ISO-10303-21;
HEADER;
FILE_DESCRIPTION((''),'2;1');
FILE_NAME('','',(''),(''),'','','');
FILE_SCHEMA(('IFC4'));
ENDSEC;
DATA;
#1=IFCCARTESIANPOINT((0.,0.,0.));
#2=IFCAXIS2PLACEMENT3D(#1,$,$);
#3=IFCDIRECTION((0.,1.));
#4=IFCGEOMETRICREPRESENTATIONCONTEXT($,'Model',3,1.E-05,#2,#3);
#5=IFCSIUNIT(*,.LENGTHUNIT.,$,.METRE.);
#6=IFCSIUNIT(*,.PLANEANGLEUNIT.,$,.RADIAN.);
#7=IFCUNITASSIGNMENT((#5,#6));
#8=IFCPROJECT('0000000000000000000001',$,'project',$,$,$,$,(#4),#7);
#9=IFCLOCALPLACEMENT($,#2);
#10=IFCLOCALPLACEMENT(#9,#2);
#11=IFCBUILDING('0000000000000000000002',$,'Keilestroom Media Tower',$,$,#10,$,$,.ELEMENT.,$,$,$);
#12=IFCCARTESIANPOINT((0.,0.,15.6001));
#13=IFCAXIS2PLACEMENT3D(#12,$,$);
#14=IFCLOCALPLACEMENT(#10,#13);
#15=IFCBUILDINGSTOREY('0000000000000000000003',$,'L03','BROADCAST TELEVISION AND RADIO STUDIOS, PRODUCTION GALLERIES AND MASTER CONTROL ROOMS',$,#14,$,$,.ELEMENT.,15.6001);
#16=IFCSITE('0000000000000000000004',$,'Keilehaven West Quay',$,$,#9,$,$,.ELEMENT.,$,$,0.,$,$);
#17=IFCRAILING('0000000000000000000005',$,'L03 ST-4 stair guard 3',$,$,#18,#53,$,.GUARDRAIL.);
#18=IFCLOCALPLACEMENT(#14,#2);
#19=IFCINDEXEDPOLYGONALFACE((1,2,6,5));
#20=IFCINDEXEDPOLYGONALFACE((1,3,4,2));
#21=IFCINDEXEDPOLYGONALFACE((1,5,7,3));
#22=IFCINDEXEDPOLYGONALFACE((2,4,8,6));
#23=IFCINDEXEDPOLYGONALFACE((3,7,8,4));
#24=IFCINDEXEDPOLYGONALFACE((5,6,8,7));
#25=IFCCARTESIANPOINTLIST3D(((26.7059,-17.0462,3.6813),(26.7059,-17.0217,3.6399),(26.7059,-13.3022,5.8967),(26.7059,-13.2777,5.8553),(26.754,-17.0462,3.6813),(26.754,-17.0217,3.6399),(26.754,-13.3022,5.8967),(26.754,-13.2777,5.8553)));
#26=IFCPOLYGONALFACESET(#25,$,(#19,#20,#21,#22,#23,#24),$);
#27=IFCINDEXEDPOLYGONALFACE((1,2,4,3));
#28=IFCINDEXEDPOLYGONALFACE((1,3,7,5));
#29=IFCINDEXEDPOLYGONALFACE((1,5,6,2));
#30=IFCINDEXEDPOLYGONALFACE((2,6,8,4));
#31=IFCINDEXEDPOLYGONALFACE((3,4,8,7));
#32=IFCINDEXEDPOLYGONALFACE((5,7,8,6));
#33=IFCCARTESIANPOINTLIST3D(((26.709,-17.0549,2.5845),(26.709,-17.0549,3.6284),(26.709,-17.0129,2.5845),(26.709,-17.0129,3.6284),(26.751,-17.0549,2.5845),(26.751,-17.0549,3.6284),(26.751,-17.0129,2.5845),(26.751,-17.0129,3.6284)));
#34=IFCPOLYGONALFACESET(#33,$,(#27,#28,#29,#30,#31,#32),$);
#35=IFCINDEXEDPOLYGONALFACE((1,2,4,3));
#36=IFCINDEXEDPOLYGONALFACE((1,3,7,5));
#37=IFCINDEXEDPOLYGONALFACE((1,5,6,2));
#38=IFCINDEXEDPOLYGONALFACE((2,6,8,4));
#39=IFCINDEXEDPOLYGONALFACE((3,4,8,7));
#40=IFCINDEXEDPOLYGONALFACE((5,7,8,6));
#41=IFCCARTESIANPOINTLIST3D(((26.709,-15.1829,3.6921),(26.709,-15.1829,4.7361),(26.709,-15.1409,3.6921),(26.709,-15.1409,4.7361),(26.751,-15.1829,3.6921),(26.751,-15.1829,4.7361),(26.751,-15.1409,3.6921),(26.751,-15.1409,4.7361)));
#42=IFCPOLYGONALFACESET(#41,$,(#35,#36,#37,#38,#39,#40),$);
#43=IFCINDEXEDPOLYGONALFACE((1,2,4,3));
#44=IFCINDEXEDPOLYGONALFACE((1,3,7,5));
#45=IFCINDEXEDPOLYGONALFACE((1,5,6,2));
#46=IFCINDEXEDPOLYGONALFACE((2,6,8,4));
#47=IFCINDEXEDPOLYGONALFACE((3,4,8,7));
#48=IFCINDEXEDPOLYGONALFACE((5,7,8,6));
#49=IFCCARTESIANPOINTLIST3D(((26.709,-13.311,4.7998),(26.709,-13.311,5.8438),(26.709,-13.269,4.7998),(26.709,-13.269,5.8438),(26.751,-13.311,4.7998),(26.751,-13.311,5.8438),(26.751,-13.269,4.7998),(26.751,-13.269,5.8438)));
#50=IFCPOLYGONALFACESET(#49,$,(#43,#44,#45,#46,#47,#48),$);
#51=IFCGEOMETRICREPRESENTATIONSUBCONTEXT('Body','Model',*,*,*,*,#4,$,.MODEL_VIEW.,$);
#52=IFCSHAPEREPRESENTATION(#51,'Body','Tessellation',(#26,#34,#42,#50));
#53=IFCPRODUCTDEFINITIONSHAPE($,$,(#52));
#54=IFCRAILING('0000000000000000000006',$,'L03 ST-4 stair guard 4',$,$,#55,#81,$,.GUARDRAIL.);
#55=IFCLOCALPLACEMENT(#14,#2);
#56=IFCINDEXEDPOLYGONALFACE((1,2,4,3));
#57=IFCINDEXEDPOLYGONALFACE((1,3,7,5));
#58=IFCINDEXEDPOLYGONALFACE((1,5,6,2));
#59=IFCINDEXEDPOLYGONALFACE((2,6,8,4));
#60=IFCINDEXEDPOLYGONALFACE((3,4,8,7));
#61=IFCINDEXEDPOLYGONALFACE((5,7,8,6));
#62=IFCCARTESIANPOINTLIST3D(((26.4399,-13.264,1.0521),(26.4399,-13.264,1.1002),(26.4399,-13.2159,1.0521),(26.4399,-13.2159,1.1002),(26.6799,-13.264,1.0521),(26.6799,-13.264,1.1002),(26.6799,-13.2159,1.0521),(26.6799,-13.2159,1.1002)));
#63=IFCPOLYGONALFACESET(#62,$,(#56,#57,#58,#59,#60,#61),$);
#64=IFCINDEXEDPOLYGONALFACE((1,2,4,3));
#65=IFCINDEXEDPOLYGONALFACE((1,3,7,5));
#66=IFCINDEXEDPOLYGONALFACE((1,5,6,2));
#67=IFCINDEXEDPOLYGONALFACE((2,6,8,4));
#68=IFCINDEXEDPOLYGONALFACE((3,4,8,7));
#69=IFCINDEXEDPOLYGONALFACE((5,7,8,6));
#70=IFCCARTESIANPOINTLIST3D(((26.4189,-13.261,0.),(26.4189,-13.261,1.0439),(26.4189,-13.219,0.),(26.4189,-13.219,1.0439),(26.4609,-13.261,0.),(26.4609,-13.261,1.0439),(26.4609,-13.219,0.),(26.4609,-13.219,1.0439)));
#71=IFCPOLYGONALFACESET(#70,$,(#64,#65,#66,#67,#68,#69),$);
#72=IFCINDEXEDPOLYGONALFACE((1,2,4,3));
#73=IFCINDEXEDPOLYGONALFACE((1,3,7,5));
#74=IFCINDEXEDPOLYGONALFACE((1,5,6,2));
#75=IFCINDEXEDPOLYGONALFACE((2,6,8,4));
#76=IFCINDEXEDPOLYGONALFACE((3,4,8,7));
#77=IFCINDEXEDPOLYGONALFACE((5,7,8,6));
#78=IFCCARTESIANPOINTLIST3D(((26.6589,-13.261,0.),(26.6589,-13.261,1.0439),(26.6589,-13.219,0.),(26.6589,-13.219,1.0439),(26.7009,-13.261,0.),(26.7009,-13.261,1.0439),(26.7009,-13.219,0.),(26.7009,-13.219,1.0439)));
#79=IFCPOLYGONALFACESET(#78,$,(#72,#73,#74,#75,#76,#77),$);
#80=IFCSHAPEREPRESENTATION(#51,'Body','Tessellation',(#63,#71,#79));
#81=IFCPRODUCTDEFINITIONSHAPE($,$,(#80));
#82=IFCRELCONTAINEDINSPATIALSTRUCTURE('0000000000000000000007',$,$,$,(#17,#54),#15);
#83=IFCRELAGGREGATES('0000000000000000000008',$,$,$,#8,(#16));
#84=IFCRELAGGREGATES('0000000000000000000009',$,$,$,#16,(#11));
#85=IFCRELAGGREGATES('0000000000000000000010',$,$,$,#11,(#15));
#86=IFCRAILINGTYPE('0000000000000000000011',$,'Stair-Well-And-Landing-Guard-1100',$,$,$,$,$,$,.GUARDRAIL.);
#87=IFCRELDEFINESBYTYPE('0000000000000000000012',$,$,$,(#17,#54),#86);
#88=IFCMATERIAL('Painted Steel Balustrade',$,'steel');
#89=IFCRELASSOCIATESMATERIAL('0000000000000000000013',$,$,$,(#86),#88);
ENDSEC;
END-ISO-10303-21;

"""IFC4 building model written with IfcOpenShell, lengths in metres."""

from ifc_helpers import new_model, si_unit, direction, frame, origin, origin_2d, place, context, subcontext, project, spatial, rectangle, extrude, material, type_object, element, save


model = new_model("IFC4")

# Units and contexts
model_context = context("Model", 3, precision=1e-05, world=origin(), true_north=direction((0.0, 1.0)))
body_context = subcontext(model_context, "Body", "Model", "MODEL_VIEW")
ifc_project = project(units=[si_unit("LENGTHUNIT", "METRE"), si_unit("PLANEANGLEUNIT", "RADIAN")], contexts=[model_context])

# Site, building, storey
site_placement = place(None, origin())
site = spatial("IfcSite", under=ifc_project, at=site_placement, Name="Keilehaven West Quay", CompositionType="ELEMENT", RefElevation=0.0)
building_placement = place(site_placement, origin())
building = spatial("IfcBuilding", under=site, at=building_placement, Name="Keilestroom Media Tower", CompositionType="ELEMENT")
storey_placement = place(building_placement, frame((0.0, 0.0, 15.6001)))
storey = spatial("IfcBuildingStorey", under=building, at=storey_placement, Name="L03", Description="BROADCAST TELEVISION AND RADIO STUDIOS, PRODUCTION GALLERIES AND MASTER CONTROL ROOMS", CompositionType="ELEMENT", Elevation=15.6001)

# Railings
ifc_material_1 = material(Name="Painted Steel Balustrade", Category="steel")
railing_type_1 = type_object("IfcRailingType", Name="Stair-Well-And-Landing-Guard-1100", PredefinedType="GUARDRAIL", material=ifc_material_1)
railing_1_placement = place(storey_placement, frame((26.73, -17.0339, 2.5845)))
element("IfcRailing", 1, at=railing_1_placement, inside=storey, type_object=railing_type_1, Name="L03 ST-4 stair guard 3", PredefinedType="GUARDRAIL", context=body_context, shape_type="SweptSolid", body=[
    extrude(rectangle(XDim=0.0481, YDim=0.0481, at=origin_2d()), frame((0.0, 0.0, 1.0762), z_axis=(0.0, 0.860621, 0.509245), x_axis=(-1.0, 0.0, 0.0)), (0.0, 0.0, 1.0), 4.3503),
    extrude(rectangle(XDim=0.042, YDim=0.042, at=origin_2d()), origin(), (0.0, 0.0, 1.0), 1.0439),
    extrude(rectangle(XDim=0.042, YDim=0.042, at=origin_2d()), frame((0.0, 1.8721, 1.1077)), (0.0, 0.0, 1.0), 1.0439),
    extrude(rectangle(XDim=0.042, YDim=0.042, at=origin_2d()), frame((0.0, 3.7439, 2.2153)), (0.0, 0.0, 1.0), 1.0439),
])
railing_2_placement = place(storey_placement, frame((26.4399, -13.24, 0.0)))
element("IfcRailing", 2, at=railing_2_placement, inside=storey, type_object=railing_type_1, Name="L03 ST-4 stair guard 4", PredefinedType="GUARDRAIL", context=body_context, shape_type="SweptSolid", body=[
    extrude(rectangle(XDim=0.0481, YDim=0.0481, at=origin_2d()), frame((0.0, 0.0, 1.0762), z_axis=(1.0, 0.0, 0.0), x_axis=(0.0, 1.0, 0.0)), (0.0, 0.0, 1.0), 0.24),
    extrude(rectangle(XDim=0.042, YDim=0.042, at=origin_2d()), origin(), (0.0, 0.0, 1.0), 1.0439),
    extrude(rectangle(XDim=0.042, YDim=0.042, at=origin_2d()), frame((0.24, 0.0, 0.0)), (0.0, 0.0, 1.0), 1.0439),
])

save(model, "model.ifc")
